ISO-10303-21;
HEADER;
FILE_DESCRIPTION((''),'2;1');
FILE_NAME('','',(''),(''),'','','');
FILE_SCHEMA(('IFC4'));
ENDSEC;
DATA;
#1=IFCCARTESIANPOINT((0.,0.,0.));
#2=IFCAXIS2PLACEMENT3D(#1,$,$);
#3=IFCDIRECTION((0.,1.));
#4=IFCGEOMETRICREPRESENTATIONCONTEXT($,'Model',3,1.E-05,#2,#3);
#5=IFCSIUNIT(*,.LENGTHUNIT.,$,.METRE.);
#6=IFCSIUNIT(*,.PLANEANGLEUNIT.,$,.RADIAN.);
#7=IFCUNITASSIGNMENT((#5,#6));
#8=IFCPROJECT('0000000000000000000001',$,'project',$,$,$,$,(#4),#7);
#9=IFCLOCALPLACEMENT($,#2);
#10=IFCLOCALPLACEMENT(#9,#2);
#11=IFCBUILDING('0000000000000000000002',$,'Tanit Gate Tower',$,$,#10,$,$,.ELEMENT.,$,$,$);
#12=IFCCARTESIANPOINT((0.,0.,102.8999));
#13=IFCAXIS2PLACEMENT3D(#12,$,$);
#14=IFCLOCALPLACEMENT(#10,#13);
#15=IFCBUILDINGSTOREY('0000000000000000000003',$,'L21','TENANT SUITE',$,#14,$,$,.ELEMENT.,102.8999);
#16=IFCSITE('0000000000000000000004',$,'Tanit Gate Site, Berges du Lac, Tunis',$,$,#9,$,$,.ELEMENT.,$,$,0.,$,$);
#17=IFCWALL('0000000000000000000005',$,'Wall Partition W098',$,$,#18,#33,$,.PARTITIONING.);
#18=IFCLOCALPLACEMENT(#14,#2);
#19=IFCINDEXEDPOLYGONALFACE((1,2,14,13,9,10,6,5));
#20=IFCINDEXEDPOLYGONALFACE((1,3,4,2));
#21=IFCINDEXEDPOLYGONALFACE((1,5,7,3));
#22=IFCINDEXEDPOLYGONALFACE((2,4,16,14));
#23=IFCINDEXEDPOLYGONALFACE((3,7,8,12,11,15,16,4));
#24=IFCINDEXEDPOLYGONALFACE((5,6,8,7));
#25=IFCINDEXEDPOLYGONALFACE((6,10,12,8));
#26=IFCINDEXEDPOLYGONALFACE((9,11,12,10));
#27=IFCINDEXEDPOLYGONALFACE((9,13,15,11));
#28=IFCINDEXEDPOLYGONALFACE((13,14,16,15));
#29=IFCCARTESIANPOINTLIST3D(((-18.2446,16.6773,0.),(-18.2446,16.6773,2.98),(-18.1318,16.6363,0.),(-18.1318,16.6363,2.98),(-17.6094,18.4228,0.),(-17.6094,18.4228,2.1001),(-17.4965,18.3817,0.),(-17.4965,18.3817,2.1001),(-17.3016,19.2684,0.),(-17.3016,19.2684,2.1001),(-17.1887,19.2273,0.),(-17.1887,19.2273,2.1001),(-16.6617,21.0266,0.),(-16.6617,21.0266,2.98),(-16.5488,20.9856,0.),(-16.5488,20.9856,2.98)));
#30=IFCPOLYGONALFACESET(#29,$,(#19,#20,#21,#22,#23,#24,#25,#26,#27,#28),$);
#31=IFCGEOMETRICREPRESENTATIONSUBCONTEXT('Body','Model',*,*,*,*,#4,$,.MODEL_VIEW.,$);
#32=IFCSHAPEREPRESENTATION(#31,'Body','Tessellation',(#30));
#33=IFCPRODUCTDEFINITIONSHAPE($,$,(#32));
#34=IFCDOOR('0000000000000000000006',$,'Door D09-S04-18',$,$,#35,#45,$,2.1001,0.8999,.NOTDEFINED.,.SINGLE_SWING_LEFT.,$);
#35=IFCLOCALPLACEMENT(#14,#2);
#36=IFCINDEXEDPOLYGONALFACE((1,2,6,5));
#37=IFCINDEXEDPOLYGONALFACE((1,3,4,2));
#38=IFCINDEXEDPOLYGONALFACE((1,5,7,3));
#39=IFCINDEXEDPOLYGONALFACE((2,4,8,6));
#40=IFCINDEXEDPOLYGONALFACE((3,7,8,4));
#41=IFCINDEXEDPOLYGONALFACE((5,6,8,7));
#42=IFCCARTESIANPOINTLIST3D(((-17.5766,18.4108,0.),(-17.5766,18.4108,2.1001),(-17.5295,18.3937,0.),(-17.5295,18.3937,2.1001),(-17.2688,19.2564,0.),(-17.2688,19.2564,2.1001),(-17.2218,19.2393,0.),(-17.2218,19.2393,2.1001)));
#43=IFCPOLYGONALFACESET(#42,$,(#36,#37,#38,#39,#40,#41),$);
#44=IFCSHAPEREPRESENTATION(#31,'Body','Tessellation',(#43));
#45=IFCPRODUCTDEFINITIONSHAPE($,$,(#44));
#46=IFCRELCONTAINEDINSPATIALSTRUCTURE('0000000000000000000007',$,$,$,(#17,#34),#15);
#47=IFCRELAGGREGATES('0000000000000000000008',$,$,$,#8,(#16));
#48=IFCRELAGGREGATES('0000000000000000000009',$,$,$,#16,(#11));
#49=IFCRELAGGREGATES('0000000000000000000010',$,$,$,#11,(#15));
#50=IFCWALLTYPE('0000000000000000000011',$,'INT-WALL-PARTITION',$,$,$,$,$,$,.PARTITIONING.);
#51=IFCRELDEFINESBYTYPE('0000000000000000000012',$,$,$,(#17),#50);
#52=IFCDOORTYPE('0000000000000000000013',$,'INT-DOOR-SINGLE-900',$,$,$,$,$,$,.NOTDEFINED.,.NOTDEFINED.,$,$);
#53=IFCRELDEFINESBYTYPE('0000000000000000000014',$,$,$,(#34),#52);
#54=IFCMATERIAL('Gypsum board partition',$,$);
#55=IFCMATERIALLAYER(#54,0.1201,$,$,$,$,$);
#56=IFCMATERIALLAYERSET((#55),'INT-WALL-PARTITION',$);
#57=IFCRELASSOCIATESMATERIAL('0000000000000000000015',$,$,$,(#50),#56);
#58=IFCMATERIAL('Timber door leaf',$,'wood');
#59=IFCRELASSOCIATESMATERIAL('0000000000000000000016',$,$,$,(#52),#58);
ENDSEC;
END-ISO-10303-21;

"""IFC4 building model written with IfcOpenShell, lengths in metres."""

from ifc_helpers import new_model, si_unit, direction, frame, frame_2d, origin, place, context, subcontext, project, spatial, rectangle, extrude, material, layer, layer_set, type_object, element, fill, save


model = new_model("IFC4")

# Units and contexts
model_context = context("Model", 3, precision=1e-05, world=origin(), true_north=direction((0.0, 1.0)))
body_context = subcontext(model_context, "Body", "Model", "MODEL_VIEW")
ifc_project = project(units=[si_unit("LENGTHUNIT", "METRE"), si_unit("PLANEANGLEUNIT", "RADIAN")], contexts=[model_context])

# Site, building, storey
site_placement = place(None, origin())
site = spatial("IfcSite", under=ifc_project, at=site_placement, Name="Tanit Gate Site, Berges du Lac, Tunis", CompositionType="ELEMENT", RefElevation=0.0)
building_placement = place(site_placement, origin())
building = spatial("IfcBuilding", under=site, at=building_placement, Name="Tanit Gate Tower", CompositionType="ELEMENT")
storey_placement = place(building_placement, frame((0.0, 0.0, 102.8999)))
storey = spatial("IfcBuildingStorey", under=building, at=storey_placement, Name="L21", Description="TENANT SUITE", CompositionType="ELEMENT", Elevation=102.8999)

# Shared definitions
ifc_material_1 = material(Name="Gypsum board partition")
ifc_layer_1 = layer(ifc_material_1, 0.1201)
ifc_layer_set_1 = layer_set([ifc_layer_1], Name="INT-WALL-PARTITION")
wall_type_1 = type_object("IfcWallType", Name="INT-WALL-PARTITION", PredefinedType="PARTITIONING", material=ifc_layer_set_1)

# Wall, opening, door
wall_1_placement = place(storey_placement, frame((-16.6052, 21.0061, 0.0), z_axis=(0.0, 0.0, 1.0), x_axis=(-0.342014, -0.939695, 0.0)))
wall_1 = element("IfcWall", 1, at=wall_1_placement, inside=storey, type_object=wall_type_1, Name="Wall Partition W098", PredefinedType="PARTITIONING", context=body_context, shape_type="SweptSolid", body=[
    extrude(rectangle(XDim=4.6284, YDim=0.1201, at=frame_2d((2.3142, 0.0))), origin(), (0.0, 0.0, 1.0), 2.98),
])
opening_1_placement = place(wall_1_placement, frame((1.8711, 0.0, 0.0)))
opening_1 = element("IfcOpeningElement", 2, at=opening_1_placement, cuts=wall_1, PredefinedType="OPENING", context=body_context, shape_type="SweptSolid", body=[
    extrude(rectangle(XDim=0.8999, YDim=2.1001, at=frame_2d((0.45, 1.05))), frame((0.0, 0.0701, 0.0), z_axis=(0.0, -1.0, 0.0), x_axis=(1.0, 0.0, 0.0)), (0.0, 0.0, 1.0), 0.1401),
])
ifc_material_2 = material(Name="Timber door leaf", Category="wood")
door_type_1 = type_object("IfcDoorType", Name="INT-DOOR-SINGLE-900", OperationType="NOTDEFINED", PredefinedType="NOTDEFINED", material=ifc_material_2)
door_1_placement = place(opening_1_placement, origin())
door_1 = element("IfcDoor", 3, at=door_1_placement, inside=storey, type_object=door_type_1, Name="Door D09-S04-18", OperationType="SINGLE_SWING_LEFT", OverallHeight=2.1001, OverallWidth=0.8999, PredefinedType="NOTDEFINED", context=body_context, shape_type="SweptSolid", body=[
    extrude(rectangle(XDim=0.8999, YDim=2.1001, at=frame_2d((0.45, 1.05))), frame((0.0, 0.0249, 0.0), z_axis=(0.0, -1.0, 0.0), x_axis=(1.0, 0.0, 0.0)), (0.0, 0.0, 1.0), 0.05),
])
fill(opening_1, door_1)

save(model, "model.ifc")
